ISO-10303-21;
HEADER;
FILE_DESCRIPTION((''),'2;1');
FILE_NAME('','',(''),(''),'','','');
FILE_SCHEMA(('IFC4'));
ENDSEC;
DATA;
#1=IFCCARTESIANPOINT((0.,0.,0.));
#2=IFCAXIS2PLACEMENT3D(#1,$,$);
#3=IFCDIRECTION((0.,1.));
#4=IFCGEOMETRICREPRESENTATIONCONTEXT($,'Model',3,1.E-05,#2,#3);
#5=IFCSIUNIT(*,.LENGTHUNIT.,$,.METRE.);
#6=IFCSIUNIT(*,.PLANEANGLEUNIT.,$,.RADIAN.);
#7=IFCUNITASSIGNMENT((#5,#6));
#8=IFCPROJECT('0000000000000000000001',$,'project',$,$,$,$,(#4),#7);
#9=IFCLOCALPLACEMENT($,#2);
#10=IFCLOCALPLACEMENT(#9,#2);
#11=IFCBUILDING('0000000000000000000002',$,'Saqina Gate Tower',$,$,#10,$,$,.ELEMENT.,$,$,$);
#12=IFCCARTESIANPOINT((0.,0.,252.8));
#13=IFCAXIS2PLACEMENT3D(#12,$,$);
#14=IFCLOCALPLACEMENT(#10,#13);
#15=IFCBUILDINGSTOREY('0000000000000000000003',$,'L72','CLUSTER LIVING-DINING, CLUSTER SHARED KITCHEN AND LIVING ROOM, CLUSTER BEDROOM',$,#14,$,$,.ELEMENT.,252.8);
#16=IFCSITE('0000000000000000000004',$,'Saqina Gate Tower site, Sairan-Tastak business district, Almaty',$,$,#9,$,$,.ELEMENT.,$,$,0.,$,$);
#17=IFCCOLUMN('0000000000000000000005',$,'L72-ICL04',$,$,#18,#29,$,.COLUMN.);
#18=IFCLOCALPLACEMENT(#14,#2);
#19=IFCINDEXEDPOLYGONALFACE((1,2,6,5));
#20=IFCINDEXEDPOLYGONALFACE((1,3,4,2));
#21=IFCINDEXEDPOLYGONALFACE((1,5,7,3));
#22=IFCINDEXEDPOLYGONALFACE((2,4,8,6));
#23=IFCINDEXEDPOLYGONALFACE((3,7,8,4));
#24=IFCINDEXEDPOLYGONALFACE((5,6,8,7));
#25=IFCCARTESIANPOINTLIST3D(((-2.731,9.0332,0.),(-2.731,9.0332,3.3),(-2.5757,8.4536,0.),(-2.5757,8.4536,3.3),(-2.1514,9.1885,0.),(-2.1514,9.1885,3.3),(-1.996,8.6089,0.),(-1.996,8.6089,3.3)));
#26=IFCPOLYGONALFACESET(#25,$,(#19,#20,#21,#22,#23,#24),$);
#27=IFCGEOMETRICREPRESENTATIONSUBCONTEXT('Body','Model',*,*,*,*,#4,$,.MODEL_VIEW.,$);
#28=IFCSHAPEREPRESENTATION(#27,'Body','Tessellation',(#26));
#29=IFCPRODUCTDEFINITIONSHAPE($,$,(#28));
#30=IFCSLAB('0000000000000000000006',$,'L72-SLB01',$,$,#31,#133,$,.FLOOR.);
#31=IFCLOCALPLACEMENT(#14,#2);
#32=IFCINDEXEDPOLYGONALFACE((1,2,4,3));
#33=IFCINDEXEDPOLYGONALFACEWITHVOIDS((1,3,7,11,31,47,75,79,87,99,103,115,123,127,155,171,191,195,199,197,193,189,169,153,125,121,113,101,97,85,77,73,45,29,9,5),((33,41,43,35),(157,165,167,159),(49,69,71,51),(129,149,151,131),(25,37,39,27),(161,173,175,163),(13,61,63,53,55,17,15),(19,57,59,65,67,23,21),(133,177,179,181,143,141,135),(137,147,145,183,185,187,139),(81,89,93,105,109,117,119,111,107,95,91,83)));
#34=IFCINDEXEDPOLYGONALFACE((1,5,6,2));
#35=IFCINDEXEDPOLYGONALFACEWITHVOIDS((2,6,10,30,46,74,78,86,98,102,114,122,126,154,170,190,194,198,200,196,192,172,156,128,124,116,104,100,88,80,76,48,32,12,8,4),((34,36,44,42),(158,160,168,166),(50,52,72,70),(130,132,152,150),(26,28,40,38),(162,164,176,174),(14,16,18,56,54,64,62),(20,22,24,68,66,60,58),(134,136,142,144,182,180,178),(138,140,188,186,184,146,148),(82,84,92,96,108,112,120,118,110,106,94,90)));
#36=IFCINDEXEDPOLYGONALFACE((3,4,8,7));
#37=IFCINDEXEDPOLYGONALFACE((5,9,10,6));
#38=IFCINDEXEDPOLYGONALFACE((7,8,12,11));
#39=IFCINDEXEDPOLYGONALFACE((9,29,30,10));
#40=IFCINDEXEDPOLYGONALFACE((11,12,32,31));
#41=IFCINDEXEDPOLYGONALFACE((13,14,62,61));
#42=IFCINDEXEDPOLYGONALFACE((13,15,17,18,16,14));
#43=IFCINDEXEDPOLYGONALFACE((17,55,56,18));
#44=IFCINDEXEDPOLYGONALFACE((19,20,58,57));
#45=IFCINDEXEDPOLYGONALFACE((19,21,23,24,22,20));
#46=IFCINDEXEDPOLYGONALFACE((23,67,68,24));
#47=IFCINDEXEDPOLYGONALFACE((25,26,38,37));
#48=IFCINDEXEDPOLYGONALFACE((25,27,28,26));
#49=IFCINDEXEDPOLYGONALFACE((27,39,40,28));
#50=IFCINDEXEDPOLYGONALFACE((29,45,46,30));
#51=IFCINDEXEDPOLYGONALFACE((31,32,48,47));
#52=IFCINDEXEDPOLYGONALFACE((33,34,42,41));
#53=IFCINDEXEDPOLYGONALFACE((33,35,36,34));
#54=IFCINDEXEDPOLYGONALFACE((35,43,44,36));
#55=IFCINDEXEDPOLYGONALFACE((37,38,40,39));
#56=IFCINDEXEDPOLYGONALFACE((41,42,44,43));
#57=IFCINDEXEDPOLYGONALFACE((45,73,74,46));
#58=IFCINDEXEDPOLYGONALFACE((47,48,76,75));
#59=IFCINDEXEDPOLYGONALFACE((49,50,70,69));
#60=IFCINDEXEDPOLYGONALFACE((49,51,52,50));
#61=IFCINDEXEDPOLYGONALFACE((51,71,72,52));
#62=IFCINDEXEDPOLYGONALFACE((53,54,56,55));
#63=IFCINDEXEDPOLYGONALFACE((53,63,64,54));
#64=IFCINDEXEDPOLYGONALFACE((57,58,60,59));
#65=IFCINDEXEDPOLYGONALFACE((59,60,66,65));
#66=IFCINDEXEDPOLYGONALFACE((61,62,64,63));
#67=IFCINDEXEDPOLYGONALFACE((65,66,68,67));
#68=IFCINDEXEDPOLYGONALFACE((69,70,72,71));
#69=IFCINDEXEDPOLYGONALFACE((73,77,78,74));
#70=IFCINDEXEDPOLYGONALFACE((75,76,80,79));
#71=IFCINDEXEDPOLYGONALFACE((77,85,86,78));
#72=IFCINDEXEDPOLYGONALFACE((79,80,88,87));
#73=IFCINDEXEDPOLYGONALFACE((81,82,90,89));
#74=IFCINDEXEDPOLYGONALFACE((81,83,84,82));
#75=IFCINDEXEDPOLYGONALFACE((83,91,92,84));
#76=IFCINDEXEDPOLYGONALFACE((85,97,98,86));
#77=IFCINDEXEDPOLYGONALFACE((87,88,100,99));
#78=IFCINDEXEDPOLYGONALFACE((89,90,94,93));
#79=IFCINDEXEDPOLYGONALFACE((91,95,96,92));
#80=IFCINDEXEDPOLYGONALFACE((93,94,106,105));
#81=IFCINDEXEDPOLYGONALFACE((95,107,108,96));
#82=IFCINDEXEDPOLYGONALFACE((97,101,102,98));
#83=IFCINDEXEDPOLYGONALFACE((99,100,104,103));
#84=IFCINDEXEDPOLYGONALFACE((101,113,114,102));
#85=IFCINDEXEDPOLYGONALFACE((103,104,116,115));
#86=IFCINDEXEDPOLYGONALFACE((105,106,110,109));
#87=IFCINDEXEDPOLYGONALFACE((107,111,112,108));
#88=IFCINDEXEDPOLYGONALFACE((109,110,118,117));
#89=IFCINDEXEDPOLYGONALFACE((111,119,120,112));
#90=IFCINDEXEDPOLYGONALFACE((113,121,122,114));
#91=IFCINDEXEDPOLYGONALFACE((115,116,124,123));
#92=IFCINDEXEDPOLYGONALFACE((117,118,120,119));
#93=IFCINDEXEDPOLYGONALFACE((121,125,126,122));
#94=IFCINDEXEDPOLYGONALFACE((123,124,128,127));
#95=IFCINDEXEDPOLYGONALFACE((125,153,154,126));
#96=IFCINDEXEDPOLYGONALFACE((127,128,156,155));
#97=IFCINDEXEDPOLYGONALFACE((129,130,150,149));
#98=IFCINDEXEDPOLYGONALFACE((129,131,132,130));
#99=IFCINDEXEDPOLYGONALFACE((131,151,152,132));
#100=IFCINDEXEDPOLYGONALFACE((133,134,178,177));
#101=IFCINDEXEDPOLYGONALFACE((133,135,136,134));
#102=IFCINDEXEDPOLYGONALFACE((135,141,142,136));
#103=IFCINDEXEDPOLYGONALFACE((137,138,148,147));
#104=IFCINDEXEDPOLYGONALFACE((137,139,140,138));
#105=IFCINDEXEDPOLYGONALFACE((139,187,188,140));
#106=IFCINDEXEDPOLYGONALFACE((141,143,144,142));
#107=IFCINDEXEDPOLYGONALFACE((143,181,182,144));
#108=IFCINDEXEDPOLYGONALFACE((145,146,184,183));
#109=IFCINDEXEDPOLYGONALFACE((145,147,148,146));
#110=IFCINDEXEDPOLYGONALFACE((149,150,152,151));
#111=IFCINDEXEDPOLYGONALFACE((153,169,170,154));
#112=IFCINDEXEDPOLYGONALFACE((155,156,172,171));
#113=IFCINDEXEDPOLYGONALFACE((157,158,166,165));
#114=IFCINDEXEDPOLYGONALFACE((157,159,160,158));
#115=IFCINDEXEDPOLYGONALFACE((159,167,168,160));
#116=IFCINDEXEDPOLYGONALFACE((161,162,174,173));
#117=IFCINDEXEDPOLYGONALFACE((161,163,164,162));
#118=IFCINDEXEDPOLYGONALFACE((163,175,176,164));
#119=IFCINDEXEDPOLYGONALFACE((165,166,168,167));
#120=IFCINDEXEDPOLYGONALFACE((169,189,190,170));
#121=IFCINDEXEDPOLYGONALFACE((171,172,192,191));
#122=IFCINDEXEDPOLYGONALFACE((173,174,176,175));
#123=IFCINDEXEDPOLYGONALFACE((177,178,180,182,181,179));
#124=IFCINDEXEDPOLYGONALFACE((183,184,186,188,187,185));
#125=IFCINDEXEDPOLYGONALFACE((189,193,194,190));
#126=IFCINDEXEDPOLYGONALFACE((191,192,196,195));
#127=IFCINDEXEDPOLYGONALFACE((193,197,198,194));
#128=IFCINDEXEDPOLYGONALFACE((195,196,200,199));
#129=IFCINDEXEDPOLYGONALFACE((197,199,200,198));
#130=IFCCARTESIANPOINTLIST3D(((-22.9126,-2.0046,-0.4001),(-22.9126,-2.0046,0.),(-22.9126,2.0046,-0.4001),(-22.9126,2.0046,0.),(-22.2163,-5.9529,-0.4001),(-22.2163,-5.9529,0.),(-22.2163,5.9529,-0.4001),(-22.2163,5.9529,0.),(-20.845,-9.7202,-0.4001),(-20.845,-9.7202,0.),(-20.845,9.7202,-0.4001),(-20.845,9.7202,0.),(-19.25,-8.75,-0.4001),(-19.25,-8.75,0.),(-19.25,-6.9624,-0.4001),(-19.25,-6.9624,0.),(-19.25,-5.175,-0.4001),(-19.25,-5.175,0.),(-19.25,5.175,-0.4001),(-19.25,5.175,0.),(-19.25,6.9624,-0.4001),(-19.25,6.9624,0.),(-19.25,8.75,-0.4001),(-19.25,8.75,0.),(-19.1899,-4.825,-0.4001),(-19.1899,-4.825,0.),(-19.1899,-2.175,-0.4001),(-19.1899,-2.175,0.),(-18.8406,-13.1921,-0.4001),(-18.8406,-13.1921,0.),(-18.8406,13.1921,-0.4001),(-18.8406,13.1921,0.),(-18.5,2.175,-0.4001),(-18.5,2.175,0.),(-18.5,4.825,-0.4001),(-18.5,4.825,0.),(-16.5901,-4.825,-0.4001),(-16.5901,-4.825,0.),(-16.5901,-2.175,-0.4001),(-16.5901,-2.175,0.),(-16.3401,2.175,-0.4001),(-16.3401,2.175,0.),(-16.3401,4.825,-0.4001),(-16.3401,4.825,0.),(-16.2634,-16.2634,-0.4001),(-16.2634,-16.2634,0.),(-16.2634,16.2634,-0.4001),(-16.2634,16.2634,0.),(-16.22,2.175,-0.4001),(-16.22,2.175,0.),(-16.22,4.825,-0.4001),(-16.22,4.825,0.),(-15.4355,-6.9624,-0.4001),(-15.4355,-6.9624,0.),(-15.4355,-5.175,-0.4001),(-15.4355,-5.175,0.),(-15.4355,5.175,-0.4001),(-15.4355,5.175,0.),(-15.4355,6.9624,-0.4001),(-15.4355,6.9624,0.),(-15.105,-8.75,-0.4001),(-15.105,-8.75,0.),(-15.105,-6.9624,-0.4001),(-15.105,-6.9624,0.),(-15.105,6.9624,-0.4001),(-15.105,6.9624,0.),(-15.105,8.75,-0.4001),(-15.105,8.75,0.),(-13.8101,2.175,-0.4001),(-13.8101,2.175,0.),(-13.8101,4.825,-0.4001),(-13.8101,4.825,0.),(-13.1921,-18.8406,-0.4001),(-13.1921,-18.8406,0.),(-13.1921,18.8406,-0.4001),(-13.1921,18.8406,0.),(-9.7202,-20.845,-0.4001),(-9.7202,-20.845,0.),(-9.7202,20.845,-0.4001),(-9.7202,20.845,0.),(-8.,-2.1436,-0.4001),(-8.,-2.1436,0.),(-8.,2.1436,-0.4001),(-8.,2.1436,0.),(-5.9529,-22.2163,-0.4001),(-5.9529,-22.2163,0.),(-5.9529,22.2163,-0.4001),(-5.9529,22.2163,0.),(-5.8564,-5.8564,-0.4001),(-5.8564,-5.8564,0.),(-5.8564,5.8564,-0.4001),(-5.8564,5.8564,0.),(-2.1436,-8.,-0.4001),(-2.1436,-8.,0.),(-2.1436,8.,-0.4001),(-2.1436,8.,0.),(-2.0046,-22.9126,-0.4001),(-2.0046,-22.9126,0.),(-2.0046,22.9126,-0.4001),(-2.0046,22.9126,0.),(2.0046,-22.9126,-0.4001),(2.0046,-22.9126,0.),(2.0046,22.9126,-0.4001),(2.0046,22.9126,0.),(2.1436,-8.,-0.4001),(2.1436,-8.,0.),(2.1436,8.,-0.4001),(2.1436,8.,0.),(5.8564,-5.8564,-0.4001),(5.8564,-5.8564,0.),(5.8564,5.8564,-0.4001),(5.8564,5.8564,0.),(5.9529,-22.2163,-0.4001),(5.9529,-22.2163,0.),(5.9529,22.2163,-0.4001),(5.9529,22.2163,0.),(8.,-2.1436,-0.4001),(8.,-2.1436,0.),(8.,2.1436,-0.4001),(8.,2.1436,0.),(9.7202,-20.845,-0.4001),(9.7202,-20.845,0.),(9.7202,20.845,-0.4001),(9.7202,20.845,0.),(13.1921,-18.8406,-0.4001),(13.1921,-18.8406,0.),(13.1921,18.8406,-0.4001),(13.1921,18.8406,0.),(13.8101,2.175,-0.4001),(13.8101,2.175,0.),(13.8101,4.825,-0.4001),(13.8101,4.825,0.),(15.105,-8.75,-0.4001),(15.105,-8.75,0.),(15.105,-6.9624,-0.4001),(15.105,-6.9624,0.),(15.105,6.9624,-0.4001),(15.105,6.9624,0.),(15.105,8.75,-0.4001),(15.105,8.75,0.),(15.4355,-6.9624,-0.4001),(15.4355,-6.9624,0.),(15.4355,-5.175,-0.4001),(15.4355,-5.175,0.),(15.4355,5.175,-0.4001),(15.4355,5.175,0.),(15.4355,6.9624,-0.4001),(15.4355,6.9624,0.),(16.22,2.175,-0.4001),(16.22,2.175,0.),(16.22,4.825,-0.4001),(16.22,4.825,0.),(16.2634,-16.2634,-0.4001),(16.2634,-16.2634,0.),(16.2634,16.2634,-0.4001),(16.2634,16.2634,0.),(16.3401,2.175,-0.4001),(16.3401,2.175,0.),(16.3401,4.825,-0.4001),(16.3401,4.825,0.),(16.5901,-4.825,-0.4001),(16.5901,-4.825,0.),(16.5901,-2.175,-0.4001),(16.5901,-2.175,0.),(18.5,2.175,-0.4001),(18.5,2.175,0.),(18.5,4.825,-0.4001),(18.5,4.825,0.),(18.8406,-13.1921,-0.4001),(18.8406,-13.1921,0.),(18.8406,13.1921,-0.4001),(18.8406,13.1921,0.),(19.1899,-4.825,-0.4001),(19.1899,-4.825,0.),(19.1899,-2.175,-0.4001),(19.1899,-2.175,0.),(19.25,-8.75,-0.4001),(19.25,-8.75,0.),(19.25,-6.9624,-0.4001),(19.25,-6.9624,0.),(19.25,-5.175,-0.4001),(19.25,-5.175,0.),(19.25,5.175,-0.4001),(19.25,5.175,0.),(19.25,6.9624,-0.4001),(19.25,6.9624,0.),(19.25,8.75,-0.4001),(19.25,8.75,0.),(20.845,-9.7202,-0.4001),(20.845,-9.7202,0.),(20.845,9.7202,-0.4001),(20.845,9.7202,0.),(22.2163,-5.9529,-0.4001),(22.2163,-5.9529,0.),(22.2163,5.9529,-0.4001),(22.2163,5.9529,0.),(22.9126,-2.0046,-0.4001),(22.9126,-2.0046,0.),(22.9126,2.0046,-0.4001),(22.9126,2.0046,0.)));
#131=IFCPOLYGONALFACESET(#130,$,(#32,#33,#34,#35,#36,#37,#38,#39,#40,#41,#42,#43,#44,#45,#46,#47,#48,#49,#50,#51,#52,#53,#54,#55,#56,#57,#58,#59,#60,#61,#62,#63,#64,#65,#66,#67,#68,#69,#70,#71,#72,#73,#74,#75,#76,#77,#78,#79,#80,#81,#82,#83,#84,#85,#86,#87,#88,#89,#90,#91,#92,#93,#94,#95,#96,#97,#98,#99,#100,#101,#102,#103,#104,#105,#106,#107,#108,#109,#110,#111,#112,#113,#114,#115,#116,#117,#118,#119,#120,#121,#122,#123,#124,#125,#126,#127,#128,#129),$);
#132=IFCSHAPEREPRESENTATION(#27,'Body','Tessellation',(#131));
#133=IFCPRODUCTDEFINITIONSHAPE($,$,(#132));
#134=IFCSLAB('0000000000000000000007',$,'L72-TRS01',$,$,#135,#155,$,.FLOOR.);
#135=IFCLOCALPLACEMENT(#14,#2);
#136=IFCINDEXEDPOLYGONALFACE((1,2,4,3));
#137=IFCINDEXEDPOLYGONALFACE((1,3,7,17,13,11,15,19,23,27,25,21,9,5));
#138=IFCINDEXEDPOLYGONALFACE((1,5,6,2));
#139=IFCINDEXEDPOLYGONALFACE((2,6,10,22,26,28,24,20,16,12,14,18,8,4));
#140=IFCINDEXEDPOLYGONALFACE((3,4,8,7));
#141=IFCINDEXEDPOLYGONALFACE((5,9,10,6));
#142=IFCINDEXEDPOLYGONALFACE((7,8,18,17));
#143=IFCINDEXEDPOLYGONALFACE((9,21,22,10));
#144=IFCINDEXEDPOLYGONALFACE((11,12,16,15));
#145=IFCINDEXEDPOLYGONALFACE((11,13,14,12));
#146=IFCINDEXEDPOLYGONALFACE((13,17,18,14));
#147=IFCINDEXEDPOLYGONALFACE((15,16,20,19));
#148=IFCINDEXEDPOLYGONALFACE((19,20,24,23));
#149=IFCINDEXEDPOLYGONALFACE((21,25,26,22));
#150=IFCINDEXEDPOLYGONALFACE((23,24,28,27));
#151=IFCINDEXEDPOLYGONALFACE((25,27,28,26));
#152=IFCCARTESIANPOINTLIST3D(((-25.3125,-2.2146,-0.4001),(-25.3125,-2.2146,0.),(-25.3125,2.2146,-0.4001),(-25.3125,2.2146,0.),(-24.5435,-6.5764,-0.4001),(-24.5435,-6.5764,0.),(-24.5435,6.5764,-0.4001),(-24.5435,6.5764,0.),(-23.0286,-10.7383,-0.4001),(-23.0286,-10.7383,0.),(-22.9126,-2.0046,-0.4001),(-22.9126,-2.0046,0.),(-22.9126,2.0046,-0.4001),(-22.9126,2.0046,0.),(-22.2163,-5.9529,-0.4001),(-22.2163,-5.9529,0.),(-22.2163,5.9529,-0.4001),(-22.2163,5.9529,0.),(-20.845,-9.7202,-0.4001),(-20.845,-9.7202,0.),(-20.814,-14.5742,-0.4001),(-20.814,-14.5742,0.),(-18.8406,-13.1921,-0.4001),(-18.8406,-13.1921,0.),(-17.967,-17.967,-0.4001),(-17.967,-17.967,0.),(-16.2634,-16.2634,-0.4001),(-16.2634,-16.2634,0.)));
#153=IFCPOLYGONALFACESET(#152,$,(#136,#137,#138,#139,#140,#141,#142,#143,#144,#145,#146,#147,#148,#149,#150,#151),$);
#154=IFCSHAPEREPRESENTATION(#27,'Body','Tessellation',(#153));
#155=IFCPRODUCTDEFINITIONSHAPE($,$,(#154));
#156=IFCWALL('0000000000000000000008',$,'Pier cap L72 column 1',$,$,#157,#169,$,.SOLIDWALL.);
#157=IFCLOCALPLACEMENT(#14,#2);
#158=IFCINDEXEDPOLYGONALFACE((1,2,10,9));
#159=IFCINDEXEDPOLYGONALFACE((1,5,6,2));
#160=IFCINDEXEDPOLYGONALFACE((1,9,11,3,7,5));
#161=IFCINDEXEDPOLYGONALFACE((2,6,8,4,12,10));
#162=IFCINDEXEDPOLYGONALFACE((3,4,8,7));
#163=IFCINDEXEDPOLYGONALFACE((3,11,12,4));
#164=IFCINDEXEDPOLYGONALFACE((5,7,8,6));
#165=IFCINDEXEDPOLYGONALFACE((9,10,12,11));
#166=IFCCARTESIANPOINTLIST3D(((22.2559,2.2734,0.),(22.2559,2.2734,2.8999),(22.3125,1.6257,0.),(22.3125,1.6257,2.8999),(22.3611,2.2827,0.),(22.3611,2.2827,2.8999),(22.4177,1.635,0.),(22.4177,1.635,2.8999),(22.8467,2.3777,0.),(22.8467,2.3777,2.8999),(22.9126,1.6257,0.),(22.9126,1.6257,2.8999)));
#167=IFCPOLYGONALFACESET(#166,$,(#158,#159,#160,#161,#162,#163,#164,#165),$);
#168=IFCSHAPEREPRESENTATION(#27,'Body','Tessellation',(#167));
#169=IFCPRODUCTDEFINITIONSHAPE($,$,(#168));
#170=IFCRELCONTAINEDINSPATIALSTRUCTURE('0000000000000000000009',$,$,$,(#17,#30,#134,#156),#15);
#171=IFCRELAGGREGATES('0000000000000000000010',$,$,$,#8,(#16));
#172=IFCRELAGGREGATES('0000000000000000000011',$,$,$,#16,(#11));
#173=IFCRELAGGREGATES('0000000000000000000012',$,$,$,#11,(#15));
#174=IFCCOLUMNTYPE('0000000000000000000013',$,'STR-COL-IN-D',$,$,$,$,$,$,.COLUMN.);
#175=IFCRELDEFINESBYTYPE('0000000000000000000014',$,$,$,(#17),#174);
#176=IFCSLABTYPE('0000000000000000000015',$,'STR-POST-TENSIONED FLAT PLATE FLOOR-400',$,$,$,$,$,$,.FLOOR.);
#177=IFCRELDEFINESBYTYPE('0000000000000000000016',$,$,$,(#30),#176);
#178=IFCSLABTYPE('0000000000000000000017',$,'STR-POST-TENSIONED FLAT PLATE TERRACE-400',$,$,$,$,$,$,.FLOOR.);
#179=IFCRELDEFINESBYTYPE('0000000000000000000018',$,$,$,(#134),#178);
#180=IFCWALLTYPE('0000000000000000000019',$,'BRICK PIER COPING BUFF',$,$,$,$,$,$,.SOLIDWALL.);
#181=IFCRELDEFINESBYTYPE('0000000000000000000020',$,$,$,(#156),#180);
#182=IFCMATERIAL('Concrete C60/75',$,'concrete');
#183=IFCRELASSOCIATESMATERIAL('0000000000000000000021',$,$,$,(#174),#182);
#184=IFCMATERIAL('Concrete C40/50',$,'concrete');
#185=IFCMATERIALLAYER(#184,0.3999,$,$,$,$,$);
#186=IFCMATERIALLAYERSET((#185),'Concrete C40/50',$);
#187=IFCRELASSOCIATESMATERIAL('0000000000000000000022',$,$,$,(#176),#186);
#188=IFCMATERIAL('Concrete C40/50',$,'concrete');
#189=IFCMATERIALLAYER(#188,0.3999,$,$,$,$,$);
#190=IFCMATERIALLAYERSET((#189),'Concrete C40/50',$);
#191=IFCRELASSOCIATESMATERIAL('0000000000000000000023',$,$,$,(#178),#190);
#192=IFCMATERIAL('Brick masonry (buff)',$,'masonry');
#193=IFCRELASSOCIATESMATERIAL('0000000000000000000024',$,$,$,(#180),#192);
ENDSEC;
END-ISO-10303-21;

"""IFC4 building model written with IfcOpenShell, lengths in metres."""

from ifc_helpers import new_model, si_unit, direction, frame, origin, origin_2d, place, context, subcontext, project, spatial, polyline, rectangle, outline, extrude, material, layer, layer_set, material_profile, profile_set, type_object, element, save


model = new_model("IFC4")

# Units and contexts
model_context = context("Model", 3, precision=1e-05, world=origin(), true_north=direction((0.0, 1.0)))
body_context = subcontext(model_context, "Body", "Model", "MODEL_VIEW")
ifc_project = project(units=[si_unit("LENGTHUNIT", "METRE"), si_unit("PLANEANGLEUNIT", "RADIAN")], contexts=[model_context])

# Site, building, storey
site_placement = place(None, origin())
site = spatial("IfcSite", under=ifc_project, at=site_placement, Name="Saqina Gate Tower site, Sairan-Tastak business district, Almaty", CompositionType="ELEMENT", RefElevation=0.0)
building_placement = place(site_placement, origin())
building = spatial("IfcBuilding", under=site, at=building_placement, Name="Saqina Gate Tower", CompositionType="ELEMENT")
storey_placement = place(building_placement, frame((0.0, 0.0, 252.8)))
storey = spatial("IfcBuildingStorey", under=building, at=storey_placement, Name="L72", Description="CLUSTER LIVING-DINING, CLUSTER SHARED KITCHEN AND LIVING ROOM, CLUSTER BEDROOM", CompositionType="ELEMENT", Elevation=252.8)

# Column
ifc_material_1 = material(Name="Concrete C60/75", Category="concrete")
ifc_material_profile = material_profile(ifc_material_1, rectangle(XDim=0.6001, YDim=0.6001, at=origin_2d()), Name="RC 600x600")
ifc_profile_set = profile_set([ifc_material_profile], Name="Concrete C60/75")
column_type = type_object("IfcColumnType", Name="STR-COL-IN-D", PredefinedType="COLUMN", material=ifc_profile_set)
column_placement = place(storey_placement, frame((-2.3635, 8.821, 0.0), z_axis=(0.0, 0.0, 1.0), x_axis=(-0.258819, 0.965926, 0.0)))
element("IfcColumn", 1, at=column_placement, inside=storey, type_object=column_type, Name="L72-ICL04", PredefinedType="COLUMN", context=body_context, shape_type="SweptSolid", body=[
    extrude(rectangle(XDim=0.6001, YDim=0.6001, at=origin_2d()), origin(), (0.0, 0.0, 1.0), 3.3),
])

# Slabs
ifc_material_2 = material(Name="Concrete C40/50", Category="concrete")
ifc_layer_1 = layer(ifc_material_2, 0.3999)
ifc_layer_set_1 = layer_set([ifc_layer_1], Name="Concrete C40/50")
slab_type_1 = type_object("IfcSlabType", Name="STR-POST-TENSIONED FLAT PLATE FLOOR-400", PredefinedType="FLOOR", material=ifc_layer_set_1)
slab_1_placement = place(storey_placement, frame((0.0, 0.0, -0.4001)))
element("IfcSlab", 2, at=slab_1_placement, inside=storey, type_object=slab_type_1, Name="L72-SLB01", PredefinedType="FLOOR", context=body_context, shape_type="SweptSolid", body=[
    extrude(outline(polyline([(22.2163, -5.9529), (22.9126, -2.0046), (22.9126, 2.0046), (22.2163, 5.9529), (20.845, 9.7202), (18.8406, 13.1921), (16.2634, 16.2634), (13.1921, 18.8406), (9.7202, 20.845), (5.9529, 22.2163), (2.0046, 22.9126), (-2.0046, 22.9126), (-5.9529, 22.2163), (-9.7202, 20.845), (-13.1921, 18.8406), (-16.2634, 16.2634), (-18.8406, 13.1921), (-20.845, 9.7202), (-22.2163, 5.9529), (-22.9126, 2.0046), (-22.9126, -2.0046), (-22.2163, -5.9529), (-20.845, -9.7202), (-18.8406, -13.1921), (-16.2634, -16.2634), (-13.1921, -18.8406), (-9.7202, -20.845), (-5.9529, -22.2163), (-2.0046, -22.9126), (2.0046, -22.9126), (5.9529, -22.2163), (9.7202, -20.845), (13.1921, -18.8406), (16.2634, -16.2634), (18.8406, -13.1921), (20.845, -9.7202), (22.2163, -5.9529)]), holes=[polyline([(2.1436, 8.0), (5.8564, 5.8564), (8.0, 2.1436), (8.0, -2.1436), (5.8564, -5.8564), (2.1436, -8.0), (-2.1436, -8.0), (-5.8564, -5.8564), (-8.0, -2.1436), (-8.0, 2.1436), (-5.8564, 5.8564), (-2.1436, 8.0), (2.1436, 8.0)]), polyline([(-15.105, -8.75), (-19.25, -8.75), (-19.25, -6.9624), (-19.25, -5.175), (-15.4355, -5.175), (-15.4355, -6.9624), (-15.105, -6.9624), (-15.105, -8.75)]), polyline([(-16.5901, -2.175), (-16.5901, -4.825), (-19.1899, -4.825), (-19.1899, -2.175), (-16.5901, -2.175)]), polyline([(-16.3401, 4.825), (-16.3401, 2.175), (-18.5, 2.175), (-18.5, 4.825), (-16.3401, 4.825)]), polyline([(-13.8101, 4.825), (-13.8101, 2.175), (-16.22, 2.175), (-16.22, 4.825), (-13.8101, 4.825)]), polyline([(-19.25, 6.9624), (-19.25, 8.75), (-15.105, 8.75), (-15.105, 6.9624), (-15.4355, 6.9624), (-15.4355, 5.175), (-19.25, 5.175), (-19.25, 6.9624)]), polyline([(15.105, -8.75), (15.105, -6.9624), (15.4355, -6.9624), (15.4355, -5.175), (19.25, -5.175), (19.25, -6.9624), (19.25, -8.75), (15.105, -8.75)]), polyline([(19.1899, -2.175), (19.1899, -4.825), (16.5901, -4.825), (16.5901, -2.175), (19.1899, -2.175)]), polyline([(16.22, 4.825), (16.22, 2.175), (13.8101, 2.175), (13.8101, 4.825), (16.22, 4.825)]), polyline([(18.5, 4.825), (18.5, 2.175), (16.3401, 2.175), (16.3401, 4.825), (18.5, 4.825)]), polyline([(15.4355, 6.9624), (15.105, 6.9624), (15.105, 8.75), (19.25, 8.75), (19.25, 6.9624), (19.25, 5.175), (15.4355, 5.175), (15.4355, 6.9624)])]), origin(), (0.0, 0.0, 1.0), 0.4001),
])
ifc_material_3 = material(Name="Concrete C40/50", Category="concrete")
ifc_layer_2 = layer(ifc_material_3, 0.3999)
ifc_layer_set_2 = layer_set([ifc_layer_2], Name="Concrete C40/50")
slab_type_2 = type_object("IfcSlabType", Name="STR-POST-TENSIONED FLAT PLATE TERRACE-400", PredefinedType="FLOOR", material=ifc_layer_set_2)
slab_2_placement = place(storey_placement, frame((0.0, 0.0, -0.4001)))
element("IfcSlab", 3, at=slab_2_placement, inside=storey, type_object=slab_type_2, Name="L72-TRS01", PredefinedType="FLOOR", context=body_context, shape_type="SweptSolid", body=[
    extrude(outline(polyline([(-22.2163, 5.9529), (-22.9126, 2.0046), (-22.9126, -2.0046), (-22.2163, -5.9529), (-20.845, -9.7202), (-18.8406, -13.1921), (-16.2634, -16.2634), (-17.967, -17.967), (-20.814, -14.5742), (-23.0286, -10.7383), (-24.5435, -6.5764), (-25.3125, -2.2146), (-25.3125, 2.2146), (-24.5435, 6.5764), (-22.2163, 5.9529)])), origin(), (0.0, 0.0, 1.0), 0.4001),
])

# Wall
ifc_material_4 = material(Name="Brick masonry (buff)", Category="masonry")
wall_type_1 = type_object("IfcWallType", Name="BRICK PIER COPING BUFF", PredefinedType="SOLIDWALL", material=ifc_material_4)
wall_1_placement = place(storey_placement, origin())
element("IfcWall", 4, at=wall_1_placement, inside=storey, type_object=wall_type_1, Name="Pier cap L72 column 1", PredefinedType="SOLIDWALL", context=body_context, shape_type="SweptSolid", body=[
    extrude(outline(polyline([(22.9126, 1.6257), (22.8467, 2.3777), (22.2559, 2.2734), (22.3611, 2.2827), (22.4177, 1.635), (22.3125, 1.6257), (22.9126, 1.6257)])), origin(), (0.0, 0.0, 1.0), 2.8999),
])

save(model, "model.ifc")
